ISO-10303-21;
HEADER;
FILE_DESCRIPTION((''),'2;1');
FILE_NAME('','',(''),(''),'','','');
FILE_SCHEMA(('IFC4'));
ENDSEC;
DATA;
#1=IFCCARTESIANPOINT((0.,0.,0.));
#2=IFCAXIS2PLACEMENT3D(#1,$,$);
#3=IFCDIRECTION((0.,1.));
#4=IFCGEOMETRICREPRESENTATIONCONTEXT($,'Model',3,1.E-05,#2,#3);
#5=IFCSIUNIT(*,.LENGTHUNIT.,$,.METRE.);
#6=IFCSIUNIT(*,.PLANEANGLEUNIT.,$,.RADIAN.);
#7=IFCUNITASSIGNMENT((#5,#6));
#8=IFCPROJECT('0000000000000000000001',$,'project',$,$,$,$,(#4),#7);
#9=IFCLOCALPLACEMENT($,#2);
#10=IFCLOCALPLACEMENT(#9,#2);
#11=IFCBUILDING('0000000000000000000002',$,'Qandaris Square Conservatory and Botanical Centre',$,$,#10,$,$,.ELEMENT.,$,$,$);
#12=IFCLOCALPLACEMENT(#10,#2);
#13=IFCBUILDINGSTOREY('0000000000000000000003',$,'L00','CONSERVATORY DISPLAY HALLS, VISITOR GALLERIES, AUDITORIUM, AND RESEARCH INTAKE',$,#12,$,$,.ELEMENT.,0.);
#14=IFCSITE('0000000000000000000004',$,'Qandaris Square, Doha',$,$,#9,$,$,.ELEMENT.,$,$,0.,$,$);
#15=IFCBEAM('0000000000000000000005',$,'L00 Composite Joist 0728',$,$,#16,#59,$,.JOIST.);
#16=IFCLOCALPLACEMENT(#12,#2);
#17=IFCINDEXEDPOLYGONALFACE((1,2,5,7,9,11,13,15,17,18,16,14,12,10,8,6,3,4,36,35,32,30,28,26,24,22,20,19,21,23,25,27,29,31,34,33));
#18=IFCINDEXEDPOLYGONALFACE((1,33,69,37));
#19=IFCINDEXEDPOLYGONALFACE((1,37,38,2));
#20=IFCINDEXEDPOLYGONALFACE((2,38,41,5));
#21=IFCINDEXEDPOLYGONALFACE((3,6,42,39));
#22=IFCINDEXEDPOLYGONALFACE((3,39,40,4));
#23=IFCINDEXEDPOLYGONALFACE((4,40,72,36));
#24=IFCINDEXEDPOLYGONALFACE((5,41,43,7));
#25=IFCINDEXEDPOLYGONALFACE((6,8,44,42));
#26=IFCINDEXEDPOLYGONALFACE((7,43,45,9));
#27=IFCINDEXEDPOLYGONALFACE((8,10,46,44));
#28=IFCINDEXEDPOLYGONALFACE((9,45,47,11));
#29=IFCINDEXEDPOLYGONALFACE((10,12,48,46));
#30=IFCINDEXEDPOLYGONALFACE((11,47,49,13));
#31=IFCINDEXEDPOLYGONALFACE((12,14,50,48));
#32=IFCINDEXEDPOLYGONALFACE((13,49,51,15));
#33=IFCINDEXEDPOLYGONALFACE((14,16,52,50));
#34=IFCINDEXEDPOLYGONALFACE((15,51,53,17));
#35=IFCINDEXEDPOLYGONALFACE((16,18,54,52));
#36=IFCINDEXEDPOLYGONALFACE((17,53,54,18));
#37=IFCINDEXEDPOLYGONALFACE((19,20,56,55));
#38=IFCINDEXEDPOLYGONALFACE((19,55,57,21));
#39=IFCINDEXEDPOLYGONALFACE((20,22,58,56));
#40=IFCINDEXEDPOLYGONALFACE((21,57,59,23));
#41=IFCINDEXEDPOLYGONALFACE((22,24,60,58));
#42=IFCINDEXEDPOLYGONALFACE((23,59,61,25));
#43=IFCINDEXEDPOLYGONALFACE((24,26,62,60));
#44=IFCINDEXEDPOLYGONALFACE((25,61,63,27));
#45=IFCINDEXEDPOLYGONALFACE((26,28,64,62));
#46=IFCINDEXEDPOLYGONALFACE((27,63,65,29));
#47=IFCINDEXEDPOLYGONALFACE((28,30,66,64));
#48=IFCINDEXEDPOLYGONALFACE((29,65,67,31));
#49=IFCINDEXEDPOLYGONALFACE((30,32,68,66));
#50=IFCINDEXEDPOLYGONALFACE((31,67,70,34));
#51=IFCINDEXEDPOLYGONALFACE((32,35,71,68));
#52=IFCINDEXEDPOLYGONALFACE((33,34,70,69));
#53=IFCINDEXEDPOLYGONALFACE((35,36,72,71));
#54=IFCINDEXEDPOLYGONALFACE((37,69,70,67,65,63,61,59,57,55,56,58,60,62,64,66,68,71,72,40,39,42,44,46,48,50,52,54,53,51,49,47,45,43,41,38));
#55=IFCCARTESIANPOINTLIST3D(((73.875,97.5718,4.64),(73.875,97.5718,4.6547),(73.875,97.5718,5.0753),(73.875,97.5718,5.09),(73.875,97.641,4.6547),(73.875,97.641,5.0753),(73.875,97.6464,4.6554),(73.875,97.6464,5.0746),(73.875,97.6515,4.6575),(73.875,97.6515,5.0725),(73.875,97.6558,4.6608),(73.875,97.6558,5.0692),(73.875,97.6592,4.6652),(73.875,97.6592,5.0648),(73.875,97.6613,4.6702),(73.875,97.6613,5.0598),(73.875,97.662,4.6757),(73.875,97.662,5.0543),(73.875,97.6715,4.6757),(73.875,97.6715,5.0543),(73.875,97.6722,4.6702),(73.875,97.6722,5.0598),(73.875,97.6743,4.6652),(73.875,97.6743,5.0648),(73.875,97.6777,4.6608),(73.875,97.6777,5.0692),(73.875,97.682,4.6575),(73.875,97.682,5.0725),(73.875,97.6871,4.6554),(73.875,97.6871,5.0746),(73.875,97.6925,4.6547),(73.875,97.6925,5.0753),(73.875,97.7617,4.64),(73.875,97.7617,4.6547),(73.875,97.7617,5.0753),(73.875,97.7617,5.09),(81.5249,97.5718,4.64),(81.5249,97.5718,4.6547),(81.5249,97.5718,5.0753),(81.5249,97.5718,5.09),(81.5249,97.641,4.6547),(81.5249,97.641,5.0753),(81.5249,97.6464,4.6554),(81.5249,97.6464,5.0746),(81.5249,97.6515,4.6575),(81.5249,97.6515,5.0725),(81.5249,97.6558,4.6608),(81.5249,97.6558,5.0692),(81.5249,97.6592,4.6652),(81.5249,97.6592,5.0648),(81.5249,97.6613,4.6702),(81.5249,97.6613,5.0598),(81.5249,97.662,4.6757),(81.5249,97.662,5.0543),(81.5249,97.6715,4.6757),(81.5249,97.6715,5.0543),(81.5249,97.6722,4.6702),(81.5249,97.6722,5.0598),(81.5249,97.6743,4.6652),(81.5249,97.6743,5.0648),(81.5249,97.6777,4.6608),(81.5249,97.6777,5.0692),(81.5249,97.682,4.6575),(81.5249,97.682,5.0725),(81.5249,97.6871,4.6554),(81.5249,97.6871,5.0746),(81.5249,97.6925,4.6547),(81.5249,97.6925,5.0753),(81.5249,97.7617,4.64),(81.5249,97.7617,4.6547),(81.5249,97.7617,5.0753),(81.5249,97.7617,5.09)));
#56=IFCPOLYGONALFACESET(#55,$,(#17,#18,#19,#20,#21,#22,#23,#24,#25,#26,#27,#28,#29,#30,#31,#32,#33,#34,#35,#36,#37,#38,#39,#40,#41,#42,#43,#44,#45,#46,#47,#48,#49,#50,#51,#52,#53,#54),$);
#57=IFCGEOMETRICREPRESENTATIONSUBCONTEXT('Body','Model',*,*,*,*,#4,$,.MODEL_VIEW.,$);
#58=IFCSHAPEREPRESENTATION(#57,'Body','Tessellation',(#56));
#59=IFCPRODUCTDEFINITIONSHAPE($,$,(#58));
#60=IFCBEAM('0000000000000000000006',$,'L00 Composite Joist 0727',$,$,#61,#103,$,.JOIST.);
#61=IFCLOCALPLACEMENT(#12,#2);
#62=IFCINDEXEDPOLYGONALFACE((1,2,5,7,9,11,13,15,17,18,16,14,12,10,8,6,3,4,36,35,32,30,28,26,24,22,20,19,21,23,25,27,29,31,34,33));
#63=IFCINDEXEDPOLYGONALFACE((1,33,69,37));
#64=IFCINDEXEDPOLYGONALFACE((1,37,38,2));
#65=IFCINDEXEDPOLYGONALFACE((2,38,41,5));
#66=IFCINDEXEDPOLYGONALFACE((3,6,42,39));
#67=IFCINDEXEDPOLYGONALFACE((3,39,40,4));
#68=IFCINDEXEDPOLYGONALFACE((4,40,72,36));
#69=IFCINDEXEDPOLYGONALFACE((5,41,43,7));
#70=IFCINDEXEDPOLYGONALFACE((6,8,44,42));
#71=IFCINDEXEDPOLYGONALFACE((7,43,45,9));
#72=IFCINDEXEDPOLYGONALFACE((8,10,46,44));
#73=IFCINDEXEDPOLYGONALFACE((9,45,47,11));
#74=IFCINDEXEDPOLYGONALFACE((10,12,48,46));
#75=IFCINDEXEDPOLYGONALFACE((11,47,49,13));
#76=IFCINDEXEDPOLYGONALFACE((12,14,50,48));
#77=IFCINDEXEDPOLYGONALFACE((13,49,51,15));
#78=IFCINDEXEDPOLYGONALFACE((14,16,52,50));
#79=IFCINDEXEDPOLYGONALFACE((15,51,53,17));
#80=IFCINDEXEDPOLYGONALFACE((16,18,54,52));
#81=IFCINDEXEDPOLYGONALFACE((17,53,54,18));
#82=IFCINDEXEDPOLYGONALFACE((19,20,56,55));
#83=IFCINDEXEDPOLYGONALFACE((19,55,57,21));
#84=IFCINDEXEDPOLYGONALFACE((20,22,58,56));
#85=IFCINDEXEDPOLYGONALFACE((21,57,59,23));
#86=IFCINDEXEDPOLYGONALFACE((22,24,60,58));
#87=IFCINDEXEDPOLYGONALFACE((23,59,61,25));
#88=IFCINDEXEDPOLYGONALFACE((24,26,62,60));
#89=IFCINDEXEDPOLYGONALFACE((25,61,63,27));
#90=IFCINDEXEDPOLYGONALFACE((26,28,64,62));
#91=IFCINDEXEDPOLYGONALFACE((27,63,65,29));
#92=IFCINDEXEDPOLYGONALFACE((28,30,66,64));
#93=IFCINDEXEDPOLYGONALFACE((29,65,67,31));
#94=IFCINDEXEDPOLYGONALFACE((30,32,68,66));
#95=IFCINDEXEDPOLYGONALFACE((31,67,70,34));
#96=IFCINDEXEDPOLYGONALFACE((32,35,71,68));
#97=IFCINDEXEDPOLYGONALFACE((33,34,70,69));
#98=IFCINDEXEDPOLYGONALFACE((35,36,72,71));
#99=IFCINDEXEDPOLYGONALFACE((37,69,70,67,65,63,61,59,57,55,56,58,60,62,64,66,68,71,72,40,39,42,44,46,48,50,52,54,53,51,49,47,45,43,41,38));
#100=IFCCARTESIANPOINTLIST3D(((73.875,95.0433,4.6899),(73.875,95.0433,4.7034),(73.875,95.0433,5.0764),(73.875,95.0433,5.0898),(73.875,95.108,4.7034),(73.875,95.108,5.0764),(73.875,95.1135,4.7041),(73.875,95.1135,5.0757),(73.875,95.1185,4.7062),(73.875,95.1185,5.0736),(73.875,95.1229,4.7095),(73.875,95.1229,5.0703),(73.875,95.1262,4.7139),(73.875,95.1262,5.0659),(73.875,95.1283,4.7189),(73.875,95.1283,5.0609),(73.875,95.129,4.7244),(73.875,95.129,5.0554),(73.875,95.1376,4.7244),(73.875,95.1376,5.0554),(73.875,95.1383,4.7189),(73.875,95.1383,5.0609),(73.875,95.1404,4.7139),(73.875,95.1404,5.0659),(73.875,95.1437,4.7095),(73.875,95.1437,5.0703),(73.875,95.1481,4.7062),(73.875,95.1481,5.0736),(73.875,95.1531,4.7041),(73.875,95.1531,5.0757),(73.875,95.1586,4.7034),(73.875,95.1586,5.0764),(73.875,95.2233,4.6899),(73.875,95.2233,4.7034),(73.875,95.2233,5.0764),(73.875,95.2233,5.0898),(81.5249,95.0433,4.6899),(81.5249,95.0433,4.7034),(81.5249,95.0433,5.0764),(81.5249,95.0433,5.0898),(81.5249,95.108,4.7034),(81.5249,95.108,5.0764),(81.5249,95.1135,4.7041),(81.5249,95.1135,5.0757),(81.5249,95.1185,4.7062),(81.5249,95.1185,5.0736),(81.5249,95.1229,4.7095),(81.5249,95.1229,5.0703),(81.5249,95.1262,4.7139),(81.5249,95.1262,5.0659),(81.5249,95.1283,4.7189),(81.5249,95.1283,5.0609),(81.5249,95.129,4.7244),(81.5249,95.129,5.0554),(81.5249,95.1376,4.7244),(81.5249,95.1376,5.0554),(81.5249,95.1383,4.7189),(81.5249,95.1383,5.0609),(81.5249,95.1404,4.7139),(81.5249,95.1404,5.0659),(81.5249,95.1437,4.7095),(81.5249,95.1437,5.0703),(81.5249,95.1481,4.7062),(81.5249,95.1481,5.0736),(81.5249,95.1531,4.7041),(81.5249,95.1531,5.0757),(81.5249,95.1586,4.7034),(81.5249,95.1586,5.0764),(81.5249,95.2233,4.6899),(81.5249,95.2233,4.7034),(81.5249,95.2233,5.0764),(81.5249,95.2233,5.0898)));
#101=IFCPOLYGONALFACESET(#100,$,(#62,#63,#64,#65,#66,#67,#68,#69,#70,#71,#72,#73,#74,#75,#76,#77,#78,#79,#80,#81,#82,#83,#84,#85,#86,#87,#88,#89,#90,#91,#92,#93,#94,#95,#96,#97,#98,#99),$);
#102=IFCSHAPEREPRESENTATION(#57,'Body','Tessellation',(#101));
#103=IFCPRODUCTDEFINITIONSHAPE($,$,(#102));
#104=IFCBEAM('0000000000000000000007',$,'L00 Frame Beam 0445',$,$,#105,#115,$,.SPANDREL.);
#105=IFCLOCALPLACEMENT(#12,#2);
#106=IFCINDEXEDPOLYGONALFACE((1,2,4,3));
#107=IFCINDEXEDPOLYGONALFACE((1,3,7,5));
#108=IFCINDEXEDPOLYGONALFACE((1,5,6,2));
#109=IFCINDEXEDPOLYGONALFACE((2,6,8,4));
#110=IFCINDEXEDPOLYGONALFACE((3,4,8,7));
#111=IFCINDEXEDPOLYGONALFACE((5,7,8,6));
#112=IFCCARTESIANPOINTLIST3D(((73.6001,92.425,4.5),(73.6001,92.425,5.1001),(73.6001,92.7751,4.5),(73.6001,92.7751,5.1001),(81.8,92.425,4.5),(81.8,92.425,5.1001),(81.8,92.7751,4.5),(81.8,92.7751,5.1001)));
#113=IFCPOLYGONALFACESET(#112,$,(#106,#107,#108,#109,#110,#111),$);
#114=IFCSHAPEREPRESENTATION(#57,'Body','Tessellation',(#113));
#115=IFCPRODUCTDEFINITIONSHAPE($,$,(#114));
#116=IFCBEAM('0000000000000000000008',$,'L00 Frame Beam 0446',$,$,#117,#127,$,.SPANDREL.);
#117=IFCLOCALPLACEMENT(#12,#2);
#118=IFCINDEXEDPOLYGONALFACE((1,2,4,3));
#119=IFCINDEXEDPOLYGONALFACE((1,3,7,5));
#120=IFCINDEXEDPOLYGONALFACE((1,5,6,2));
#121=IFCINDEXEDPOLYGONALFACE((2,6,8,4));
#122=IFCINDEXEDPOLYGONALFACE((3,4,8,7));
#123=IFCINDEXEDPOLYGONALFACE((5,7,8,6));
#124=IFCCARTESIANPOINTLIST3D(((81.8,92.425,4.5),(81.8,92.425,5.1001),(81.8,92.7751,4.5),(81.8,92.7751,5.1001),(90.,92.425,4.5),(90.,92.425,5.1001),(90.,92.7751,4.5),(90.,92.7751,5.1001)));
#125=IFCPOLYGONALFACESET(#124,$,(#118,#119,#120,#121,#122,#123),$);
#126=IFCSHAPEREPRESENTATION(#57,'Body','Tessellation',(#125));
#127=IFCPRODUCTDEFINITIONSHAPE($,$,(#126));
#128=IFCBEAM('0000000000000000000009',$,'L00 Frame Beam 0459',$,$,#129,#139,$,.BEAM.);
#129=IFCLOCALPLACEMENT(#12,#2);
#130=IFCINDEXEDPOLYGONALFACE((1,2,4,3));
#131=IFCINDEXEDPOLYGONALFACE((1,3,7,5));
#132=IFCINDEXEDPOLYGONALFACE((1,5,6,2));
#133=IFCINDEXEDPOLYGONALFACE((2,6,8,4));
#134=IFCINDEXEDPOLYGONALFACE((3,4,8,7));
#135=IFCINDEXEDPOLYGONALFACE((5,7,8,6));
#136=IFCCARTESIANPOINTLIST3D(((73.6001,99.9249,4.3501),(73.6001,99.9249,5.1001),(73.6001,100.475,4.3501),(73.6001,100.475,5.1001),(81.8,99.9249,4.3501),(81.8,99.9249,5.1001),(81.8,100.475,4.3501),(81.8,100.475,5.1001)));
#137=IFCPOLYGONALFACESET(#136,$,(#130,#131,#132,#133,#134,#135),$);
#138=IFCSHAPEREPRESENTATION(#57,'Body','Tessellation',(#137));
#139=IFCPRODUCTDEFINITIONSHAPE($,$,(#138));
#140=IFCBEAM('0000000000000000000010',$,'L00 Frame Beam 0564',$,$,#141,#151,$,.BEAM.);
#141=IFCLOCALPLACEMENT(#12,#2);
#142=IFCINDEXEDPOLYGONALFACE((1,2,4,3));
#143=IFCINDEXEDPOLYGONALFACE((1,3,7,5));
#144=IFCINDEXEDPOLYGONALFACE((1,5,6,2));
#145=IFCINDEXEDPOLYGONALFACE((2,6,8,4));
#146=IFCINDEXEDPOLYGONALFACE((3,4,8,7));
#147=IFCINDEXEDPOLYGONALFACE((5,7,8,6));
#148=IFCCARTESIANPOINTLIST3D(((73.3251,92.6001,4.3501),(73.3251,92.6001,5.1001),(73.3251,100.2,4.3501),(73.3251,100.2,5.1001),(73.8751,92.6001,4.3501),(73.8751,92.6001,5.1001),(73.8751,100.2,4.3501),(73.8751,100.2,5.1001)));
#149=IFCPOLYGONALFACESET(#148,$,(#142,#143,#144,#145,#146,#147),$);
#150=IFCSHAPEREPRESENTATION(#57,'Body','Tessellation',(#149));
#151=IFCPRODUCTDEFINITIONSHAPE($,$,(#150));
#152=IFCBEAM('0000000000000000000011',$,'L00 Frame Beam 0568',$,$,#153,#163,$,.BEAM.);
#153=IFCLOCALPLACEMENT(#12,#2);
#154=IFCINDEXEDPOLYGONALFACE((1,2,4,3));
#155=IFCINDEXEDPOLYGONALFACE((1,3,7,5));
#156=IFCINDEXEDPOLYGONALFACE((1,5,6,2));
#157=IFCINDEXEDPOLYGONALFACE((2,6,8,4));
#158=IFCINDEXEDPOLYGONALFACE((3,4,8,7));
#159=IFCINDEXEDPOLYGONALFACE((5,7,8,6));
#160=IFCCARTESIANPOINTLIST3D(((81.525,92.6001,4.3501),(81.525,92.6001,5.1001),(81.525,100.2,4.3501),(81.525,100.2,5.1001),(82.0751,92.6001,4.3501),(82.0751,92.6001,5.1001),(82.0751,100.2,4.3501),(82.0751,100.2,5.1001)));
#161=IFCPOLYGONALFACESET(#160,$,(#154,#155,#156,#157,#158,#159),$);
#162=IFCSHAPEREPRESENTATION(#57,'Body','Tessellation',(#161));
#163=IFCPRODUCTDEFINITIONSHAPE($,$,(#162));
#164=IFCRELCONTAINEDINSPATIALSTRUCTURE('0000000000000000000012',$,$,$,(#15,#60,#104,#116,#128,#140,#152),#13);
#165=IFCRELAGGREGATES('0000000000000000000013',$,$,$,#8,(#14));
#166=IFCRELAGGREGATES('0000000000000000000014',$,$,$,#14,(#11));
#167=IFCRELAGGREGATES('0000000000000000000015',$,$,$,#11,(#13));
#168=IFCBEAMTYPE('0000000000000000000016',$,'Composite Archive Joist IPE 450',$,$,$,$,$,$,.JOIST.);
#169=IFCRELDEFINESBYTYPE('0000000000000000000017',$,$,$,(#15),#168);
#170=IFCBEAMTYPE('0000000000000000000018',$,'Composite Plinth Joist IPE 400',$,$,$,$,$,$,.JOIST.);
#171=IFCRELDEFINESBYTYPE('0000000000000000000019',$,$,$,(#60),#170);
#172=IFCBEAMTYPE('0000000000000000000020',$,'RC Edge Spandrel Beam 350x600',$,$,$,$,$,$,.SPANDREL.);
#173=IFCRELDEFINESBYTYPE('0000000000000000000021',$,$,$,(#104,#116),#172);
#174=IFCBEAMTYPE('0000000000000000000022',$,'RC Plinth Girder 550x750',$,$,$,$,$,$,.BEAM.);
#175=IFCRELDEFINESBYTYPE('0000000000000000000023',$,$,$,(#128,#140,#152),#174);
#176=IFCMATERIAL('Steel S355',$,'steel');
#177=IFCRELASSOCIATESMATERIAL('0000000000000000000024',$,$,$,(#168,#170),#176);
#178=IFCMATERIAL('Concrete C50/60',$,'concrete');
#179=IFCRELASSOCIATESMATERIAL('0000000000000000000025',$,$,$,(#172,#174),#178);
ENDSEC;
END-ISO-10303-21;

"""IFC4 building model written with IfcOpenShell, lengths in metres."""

from ifc_helpers import new_model, si_unit, direction, frame, origin, origin_2d, place, context, subcontext, project, spatial, rectangle, i_section, extrude, material, material_profile, profile_set, type_object, element, save


model = new_model("IFC4")

# Units and contexts
model_context = context("Model", 3, precision=1e-05, world=origin(), true_north=direction((0.0, 1.0)))
body_context = subcontext(model_context, "Body", "Model", "MODEL_VIEW")
ifc_project = project(units=[si_unit("LENGTHUNIT", "METRE"), si_unit("PLANEANGLEUNIT", "RADIAN")], contexts=[model_context])

# Site, building, storey
site_placement = place(None, origin())
site = spatial("IfcSite", under=ifc_project, at=site_placement, Name="Qandaris Square, Doha", CompositionType="ELEMENT", RefElevation=0.0)
building_placement = place(site_placement, origin())
building = spatial("IfcBuilding", under=site, at=building_placement, Name="Qandaris Square Conservatory and Botanical Centre", CompositionType="ELEMENT")
storey_placement = place(building_placement, origin())
storey = spatial("IfcBuildingStorey", under=building, at=storey_placement, Name="L00", Description="CONSERVATORY DISPLAY HALLS, VISITOR GALLERIES, AUDITORIUM, AND RESEARCH INTAKE", CompositionType="ELEMENT", Elevation=0.0)

# Shared definitions
ifc_material_1 = material(Name="Concrete C50/60", Category="concrete")

# Beams
ifc_material_2 = material(Name="Steel S355", Category="steel")
ifc_material_profile_1 = material_profile(ifc_material_2, i_section(OverallWidth=0.1899, OverallDepth=0.45, WebThickness=0.0095, FlangeThickness=0.0146, FilletRadius=0.021, at=origin_2d()), Name="IPE 450")
ifc_profile_set_1 = profile_set([ifc_material_profile_1], Name="Steel S355")
beam_type_1 = type_object("IfcBeamType", Name="Composite Archive Joist IPE 450", PredefinedType="JOIST", material=ifc_profile_set_1)
beam_1_placement = place(storey_placement, frame((73.875, 97.6667, 4.865), z_axis=(1.0, 0.0, 0.0), x_axis=(0.0, 1.0, 0.0)))
element("IfcBeam", 1, at=beam_1_placement, inside=storey, type_object=beam_type_1, Name="L00 Composite Joist 0728", PredefinedType="JOIST", context=body_context, shape_type="SweptSolid", body=[
    extrude(i_section(OverallWidth=0.1899, OverallDepth=0.45, WebThickness=0.0095, FlangeThickness=0.0146, FilletRadius=0.021, at=origin_2d()), origin(), (0.0, 0.0, 1.0), 7.6499),
])
ifc_material_profile_2 = material_profile(ifc_material_2, i_section(OverallWidth=0.1799, OverallDepth=0.3999, WebThickness=0.0085, FlangeThickness=0.0134, FilletRadius=0.021, at=origin_2d()), Name="IPE 400")
ifc_profile_set_2 = profile_set([ifc_material_profile_2], Name="Steel S355")
beam_type_2 = type_object("IfcBeamType", Name="Composite Plinth Joist IPE 400", PredefinedType="JOIST", material=ifc_profile_set_2)
beam_2_placement = place(storey_placement, frame((73.875, 95.1333, 4.8899), z_axis=(1.0, 0.0, 0.0), x_axis=(0.0, 1.0, 0.0)))
element("IfcBeam", 2, at=beam_2_placement, inside=storey, type_object=beam_type_2, Name="L00 Composite Joist 0727", PredefinedType="JOIST", context=body_context, shape_type="SweptSolid", body=[
    extrude(i_section(OverallWidth=0.1799, OverallDepth=0.3999, WebThickness=0.0085, FlangeThickness=0.0134, FilletRadius=0.021, at=origin_2d()), origin(), (0.0, 0.0, 1.0), 7.6499),
])
ifc_material_profile_3 = material_profile(ifc_material_1, rectangle(XDim=0.3501, YDim=0.6001, at=origin_2d()), Name="RC-SP 350x600")
ifc_profile_set_3 = profile_set([ifc_material_profile_3], Name="Concrete C50/60")
beam_type_3 = type_object("IfcBeamType", Name="RC Edge Spandrel Beam 350x600", PredefinedType="SPANDREL", material=ifc_profile_set_3)
for number, where, z_axis, x_axis, name in (
    (3, (73.6001, 92.6001, 4.8), (1.0, 0.0, 0.0), (0.0, 1.0, 0.0), "L00 Frame Beam 0445"),
    (4, (81.8, 92.6001, 4.8), (1.0, 0.0, 0.0), (0.0, 1.0, 0.0), "L00 Frame Beam 0446"),
):
    element("IfcBeam", number, at=place(storey_placement, frame(where, z_axis=z_axis, x_axis=x_axis)), inside=storey, type_object=beam_type_3, Name=name, PredefinedType="SPANDREL", context=body_context, shape_type="SweptSolid", body=[
        extrude(rectangle(XDim=0.3501, YDim=0.6001, at=origin_2d()), origin(), (0.0, 0.0, 1.0), 8.2),
    ])
ifc_material_profile_4 = material_profile(ifc_material_1, rectangle(XDim=0.55, YDim=0.75, at=origin_2d()), Name="RC-BM 550x750")
ifc_profile_set_4 = profile_set([ifc_material_profile_4], Name="Concrete C50/60")
beam_type_4 = type_object("IfcBeamType", Name="RC Plinth Girder 550x750", PredefinedType="BEAM", material=ifc_profile_set_4)
beam_3_placement = place(storey_placement, frame((73.6001, 100.2, 4.7251), z_axis=(1.0, 0.0, 0.0), x_axis=(0.0, 1.0, 0.0)))
element("IfcBeam", 5, at=beam_3_placement, inside=storey, type_object=beam_type_4, Name="L00 Frame Beam 0459", PredefinedType="BEAM", context=body_context, shape_type="SweptSolid", body=[
    extrude(rectangle(XDim=0.55, YDim=0.75, at=origin_2d()), origin(), (0.0, 0.0, 1.0), 8.2),
])
for number, where, z_axis, x_axis, name in (
    (6, (73.6001, 92.6001, 4.7251), (0.0, 1.0, 0.0), (-1.0, 0.0, 0.0), "L00 Frame Beam 0564"),
    (7, (81.8, 92.6001, 4.7251), (0.0, 1.0, 0.0), (-1.0, 0.0, 0.0), "L00 Frame Beam 0568"),
):
    element("IfcBeam", number, at=place(storey_placement, frame(where, z_axis=z_axis, x_axis=x_axis)), inside=storey, type_object=beam_type_4, Name=name, PredefinedType="BEAM", context=body_context, shape_type="SweptSolid", body=[
        extrude(rectangle(XDim=0.55, YDim=0.75, at=origin_2d()), origin(), (0.0, 0.0, 1.0), 7.5999),
    ])

save(model, "model.ifc")
